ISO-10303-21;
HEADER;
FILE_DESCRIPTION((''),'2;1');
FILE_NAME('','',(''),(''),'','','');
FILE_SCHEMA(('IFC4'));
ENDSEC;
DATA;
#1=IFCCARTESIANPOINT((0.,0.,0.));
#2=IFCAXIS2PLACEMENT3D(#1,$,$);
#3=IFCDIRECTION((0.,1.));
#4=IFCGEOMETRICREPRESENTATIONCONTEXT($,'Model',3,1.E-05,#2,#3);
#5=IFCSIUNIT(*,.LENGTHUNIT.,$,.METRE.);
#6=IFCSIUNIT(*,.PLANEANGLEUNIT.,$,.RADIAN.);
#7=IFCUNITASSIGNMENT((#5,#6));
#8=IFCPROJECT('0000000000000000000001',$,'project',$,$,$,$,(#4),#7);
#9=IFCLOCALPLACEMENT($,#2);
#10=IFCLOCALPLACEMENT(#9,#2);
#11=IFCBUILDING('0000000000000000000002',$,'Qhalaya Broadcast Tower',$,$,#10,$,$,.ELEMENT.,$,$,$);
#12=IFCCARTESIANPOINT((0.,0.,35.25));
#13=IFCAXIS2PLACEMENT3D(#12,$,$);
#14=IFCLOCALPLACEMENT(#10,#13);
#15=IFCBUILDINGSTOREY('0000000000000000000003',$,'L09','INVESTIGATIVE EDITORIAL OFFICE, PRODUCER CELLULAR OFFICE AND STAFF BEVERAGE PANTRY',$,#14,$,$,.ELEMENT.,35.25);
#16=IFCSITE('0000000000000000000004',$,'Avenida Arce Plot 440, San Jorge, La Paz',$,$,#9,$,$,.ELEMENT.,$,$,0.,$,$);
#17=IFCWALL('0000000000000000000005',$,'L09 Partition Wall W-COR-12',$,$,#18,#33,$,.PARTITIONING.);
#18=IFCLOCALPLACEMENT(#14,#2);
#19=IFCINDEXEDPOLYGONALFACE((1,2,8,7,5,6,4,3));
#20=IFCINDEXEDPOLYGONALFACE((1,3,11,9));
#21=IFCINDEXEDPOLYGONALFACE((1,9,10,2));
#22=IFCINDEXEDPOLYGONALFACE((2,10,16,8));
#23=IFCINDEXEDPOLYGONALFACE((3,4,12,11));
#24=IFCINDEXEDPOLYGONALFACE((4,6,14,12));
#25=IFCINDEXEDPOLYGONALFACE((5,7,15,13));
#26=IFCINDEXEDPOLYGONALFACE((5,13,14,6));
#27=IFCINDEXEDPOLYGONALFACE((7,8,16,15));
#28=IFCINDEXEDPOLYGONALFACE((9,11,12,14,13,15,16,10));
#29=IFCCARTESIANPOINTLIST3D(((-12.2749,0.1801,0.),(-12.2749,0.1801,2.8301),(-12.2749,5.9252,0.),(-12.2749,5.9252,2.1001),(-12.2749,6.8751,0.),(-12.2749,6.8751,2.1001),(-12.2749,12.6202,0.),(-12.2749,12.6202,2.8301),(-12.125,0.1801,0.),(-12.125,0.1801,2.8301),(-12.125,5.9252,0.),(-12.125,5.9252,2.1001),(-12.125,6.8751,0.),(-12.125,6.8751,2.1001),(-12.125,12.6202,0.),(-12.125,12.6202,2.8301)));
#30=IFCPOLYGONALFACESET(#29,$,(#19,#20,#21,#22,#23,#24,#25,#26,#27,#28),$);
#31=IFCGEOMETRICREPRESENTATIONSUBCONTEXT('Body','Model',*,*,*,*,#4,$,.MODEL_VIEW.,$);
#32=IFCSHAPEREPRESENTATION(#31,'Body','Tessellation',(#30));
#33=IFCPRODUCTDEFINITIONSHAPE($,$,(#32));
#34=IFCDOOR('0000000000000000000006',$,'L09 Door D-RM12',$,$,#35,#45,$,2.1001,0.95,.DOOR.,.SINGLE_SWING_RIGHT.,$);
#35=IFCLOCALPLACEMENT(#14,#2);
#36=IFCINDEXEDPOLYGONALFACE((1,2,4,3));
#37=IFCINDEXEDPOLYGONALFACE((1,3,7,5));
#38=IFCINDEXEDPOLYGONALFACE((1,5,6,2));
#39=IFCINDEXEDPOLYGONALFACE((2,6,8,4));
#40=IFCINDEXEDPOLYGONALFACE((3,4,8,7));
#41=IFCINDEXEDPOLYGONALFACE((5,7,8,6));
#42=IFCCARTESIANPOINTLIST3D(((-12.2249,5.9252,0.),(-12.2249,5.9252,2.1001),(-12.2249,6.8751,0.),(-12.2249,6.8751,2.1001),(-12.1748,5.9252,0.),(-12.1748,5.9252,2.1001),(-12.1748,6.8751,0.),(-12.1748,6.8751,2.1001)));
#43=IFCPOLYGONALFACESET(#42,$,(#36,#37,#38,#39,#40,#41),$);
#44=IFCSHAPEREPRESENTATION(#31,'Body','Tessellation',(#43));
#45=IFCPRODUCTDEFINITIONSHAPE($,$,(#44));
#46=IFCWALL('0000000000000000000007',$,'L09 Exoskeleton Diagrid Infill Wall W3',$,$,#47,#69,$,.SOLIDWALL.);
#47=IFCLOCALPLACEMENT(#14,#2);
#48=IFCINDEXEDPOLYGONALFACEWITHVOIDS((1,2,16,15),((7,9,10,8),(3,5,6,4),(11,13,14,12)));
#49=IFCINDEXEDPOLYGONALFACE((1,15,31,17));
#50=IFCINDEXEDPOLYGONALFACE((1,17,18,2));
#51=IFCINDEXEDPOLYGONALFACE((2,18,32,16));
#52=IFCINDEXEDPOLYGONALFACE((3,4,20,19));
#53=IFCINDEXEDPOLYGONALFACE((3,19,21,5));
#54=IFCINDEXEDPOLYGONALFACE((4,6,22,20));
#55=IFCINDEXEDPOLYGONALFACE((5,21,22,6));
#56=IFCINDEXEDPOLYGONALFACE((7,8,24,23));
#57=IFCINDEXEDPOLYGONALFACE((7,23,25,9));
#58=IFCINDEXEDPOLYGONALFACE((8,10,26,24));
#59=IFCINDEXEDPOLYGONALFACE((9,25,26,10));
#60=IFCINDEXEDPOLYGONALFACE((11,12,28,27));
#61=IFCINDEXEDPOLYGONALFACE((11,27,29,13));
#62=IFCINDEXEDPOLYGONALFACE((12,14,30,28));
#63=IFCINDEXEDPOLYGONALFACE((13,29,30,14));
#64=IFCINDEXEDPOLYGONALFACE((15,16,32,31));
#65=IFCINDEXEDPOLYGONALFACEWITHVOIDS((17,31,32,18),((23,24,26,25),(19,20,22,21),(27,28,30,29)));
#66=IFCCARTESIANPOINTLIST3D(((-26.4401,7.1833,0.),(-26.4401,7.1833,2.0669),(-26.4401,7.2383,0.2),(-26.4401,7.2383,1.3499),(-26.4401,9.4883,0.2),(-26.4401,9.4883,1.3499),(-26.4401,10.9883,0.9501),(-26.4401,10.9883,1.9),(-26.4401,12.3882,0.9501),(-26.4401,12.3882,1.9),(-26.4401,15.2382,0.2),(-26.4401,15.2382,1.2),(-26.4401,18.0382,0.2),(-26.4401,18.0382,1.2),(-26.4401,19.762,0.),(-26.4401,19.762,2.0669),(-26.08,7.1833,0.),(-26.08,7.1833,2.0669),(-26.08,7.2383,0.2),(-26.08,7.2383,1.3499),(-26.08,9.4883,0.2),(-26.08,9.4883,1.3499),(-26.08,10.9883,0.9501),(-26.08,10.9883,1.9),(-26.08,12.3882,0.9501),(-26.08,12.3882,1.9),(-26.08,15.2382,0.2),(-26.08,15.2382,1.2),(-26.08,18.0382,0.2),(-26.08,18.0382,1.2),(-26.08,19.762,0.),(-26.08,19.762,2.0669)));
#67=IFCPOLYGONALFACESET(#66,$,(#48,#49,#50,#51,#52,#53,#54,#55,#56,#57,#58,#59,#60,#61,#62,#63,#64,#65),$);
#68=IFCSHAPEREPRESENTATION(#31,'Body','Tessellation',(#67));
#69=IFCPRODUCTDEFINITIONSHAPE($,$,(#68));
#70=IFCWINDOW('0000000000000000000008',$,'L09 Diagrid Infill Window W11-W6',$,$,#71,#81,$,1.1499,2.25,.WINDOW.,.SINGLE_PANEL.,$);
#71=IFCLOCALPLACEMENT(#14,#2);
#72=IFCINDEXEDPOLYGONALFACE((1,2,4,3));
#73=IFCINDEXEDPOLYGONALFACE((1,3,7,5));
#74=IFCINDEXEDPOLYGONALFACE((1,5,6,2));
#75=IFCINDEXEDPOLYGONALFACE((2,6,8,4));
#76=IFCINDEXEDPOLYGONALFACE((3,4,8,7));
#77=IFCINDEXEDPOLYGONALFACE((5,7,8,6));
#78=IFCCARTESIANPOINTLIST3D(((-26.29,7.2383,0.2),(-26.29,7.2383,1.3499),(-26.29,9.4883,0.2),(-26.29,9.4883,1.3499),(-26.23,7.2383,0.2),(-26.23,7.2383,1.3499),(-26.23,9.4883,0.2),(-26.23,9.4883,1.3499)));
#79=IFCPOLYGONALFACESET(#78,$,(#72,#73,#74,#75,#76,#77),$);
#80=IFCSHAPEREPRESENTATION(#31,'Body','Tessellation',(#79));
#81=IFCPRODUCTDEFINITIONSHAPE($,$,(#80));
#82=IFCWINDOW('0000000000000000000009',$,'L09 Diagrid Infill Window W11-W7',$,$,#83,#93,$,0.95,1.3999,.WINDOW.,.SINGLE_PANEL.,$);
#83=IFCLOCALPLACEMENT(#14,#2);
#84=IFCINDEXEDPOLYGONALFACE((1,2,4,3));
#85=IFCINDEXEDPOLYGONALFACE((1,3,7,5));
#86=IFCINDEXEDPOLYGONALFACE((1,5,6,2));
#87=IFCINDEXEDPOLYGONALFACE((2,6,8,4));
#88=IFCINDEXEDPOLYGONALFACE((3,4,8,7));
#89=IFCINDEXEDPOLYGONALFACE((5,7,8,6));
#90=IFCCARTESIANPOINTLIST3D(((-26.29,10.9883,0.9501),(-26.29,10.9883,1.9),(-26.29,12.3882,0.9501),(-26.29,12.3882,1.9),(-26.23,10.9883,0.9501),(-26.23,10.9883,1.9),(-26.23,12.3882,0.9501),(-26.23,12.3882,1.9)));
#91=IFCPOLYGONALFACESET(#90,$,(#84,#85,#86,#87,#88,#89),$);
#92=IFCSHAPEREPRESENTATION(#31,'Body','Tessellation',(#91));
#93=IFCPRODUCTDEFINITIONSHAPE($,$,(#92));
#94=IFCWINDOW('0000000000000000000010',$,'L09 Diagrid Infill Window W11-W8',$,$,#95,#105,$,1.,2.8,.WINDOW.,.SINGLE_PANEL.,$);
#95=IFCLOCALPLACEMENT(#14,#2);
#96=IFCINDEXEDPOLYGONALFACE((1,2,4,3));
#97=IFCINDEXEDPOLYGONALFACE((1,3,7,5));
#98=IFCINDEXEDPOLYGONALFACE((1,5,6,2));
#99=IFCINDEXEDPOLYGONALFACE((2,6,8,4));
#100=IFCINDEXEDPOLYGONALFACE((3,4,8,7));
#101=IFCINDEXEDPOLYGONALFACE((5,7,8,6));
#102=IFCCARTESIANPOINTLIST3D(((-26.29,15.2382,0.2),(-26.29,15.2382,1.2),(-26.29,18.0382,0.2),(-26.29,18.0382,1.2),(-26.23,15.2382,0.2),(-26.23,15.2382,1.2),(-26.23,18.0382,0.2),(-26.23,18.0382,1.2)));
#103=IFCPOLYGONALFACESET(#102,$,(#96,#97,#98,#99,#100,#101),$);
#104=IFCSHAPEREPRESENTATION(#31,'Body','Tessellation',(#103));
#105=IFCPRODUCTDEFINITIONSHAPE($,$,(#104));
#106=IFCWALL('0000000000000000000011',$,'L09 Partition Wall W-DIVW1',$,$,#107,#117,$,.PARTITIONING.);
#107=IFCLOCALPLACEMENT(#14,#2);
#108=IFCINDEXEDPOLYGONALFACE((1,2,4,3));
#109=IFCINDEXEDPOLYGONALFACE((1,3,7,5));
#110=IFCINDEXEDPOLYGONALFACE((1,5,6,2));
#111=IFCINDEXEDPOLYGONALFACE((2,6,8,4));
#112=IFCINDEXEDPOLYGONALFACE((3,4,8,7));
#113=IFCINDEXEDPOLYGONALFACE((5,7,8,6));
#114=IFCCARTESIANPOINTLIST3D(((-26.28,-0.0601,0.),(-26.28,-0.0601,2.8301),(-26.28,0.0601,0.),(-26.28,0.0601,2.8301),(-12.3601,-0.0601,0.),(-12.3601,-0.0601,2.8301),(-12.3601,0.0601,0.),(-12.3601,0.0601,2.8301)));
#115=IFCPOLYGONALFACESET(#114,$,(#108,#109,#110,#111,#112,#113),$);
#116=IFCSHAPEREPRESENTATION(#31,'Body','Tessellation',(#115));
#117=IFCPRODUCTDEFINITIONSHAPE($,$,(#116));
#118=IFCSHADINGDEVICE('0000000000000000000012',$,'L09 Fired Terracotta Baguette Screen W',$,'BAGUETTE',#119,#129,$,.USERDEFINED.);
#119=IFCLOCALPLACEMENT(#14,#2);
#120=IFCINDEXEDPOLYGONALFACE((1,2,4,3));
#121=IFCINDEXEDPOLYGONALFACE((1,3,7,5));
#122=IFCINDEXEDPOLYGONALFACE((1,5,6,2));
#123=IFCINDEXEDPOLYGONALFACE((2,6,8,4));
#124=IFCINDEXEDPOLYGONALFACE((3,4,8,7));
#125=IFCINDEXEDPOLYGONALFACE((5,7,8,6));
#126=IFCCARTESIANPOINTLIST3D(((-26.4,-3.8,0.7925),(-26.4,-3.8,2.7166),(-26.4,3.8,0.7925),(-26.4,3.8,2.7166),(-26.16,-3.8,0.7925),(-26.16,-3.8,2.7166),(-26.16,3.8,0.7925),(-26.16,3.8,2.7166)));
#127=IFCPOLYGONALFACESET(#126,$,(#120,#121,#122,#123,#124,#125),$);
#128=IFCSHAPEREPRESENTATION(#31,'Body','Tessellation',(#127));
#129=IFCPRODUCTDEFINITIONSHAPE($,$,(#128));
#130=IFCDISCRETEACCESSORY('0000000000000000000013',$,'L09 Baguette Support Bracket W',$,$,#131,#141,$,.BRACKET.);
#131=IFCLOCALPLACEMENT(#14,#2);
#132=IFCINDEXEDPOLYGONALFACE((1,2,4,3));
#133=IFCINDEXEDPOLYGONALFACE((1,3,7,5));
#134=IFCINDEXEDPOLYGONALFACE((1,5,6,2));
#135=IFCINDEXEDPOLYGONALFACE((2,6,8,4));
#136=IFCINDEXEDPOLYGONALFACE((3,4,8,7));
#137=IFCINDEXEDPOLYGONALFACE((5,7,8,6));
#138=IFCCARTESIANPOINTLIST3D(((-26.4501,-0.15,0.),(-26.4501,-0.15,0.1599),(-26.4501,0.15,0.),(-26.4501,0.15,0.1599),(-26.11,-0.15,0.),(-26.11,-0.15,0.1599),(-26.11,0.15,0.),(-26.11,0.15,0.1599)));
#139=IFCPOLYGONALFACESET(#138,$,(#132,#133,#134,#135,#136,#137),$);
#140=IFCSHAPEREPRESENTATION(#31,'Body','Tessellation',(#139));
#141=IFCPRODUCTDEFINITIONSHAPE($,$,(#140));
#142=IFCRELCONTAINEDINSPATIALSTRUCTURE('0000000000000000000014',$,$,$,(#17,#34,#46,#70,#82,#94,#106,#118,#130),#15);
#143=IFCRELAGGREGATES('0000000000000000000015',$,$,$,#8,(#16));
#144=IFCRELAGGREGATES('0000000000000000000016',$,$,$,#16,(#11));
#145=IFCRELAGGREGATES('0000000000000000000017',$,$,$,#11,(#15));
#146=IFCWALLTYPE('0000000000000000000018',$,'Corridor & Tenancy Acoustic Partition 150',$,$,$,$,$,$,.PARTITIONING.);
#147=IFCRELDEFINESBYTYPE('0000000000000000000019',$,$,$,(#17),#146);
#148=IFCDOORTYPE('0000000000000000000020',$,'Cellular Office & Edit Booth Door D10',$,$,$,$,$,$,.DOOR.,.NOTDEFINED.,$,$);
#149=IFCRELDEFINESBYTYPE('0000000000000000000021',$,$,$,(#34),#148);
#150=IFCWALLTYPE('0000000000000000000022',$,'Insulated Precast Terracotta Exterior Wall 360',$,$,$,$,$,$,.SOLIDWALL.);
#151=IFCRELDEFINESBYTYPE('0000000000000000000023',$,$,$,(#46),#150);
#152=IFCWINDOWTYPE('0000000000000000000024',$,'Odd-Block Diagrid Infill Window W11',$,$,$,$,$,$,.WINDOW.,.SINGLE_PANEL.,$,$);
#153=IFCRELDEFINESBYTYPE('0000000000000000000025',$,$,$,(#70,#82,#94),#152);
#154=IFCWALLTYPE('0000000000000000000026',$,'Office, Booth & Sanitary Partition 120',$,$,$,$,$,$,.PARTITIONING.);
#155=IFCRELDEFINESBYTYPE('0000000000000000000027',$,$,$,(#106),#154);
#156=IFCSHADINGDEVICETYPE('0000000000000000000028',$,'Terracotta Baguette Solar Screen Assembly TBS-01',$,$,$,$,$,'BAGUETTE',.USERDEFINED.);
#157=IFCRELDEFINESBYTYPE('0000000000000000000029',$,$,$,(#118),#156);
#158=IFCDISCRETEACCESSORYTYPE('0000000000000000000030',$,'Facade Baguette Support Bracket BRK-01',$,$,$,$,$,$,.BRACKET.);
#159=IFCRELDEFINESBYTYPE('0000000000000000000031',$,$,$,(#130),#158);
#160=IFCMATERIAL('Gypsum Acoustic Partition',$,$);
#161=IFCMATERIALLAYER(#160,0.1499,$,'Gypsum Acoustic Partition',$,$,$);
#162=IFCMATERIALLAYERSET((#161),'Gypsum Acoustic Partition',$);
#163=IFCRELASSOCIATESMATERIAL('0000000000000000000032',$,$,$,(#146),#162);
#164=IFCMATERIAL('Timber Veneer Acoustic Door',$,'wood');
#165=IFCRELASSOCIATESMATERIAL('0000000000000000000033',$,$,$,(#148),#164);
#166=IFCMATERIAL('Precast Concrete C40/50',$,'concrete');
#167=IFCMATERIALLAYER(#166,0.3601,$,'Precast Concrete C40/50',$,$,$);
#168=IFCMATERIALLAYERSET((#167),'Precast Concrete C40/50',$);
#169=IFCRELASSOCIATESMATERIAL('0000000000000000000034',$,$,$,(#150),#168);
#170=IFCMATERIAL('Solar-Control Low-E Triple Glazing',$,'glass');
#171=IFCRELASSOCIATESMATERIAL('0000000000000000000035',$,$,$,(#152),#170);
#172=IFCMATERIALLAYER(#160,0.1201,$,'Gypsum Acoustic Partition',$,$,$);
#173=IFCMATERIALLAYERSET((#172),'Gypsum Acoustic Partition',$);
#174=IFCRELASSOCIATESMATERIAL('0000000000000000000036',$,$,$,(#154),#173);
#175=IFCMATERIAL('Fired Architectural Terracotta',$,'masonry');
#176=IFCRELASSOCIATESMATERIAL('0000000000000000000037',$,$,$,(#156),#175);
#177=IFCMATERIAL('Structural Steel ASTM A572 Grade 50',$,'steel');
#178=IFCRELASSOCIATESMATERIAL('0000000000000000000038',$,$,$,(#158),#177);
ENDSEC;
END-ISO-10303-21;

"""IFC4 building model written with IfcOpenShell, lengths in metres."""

from ifc_helpers import new_model, si_unit, direction, frame, frame_2d, origin, origin_2d, place, context, subcontext, project, spatial, rectangle, extrude, material, layer, layer_set, type_object, element, fill, save


model = new_model("IFC4")

# Units and contexts
model_context = context("Model", 3, precision=1e-05, world=origin(), true_north=direction((0.0, 1.0)))
body_context = subcontext(model_context, "Body", "Model", "MODEL_VIEW")
ifc_project = project(units=[si_unit("LENGTHUNIT", "METRE"), si_unit("PLANEANGLEUNIT", "RADIAN")], contexts=[model_context])

# Site, building, storey
site_placement = place(None, origin())
site = spatial("IfcSite", under=ifc_project, at=site_placement, Name="Avenida Arce Plot 440, San Jorge, La Paz", CompositionType="ELEMENT", RefElevation=0.0)
building_placement = place(site_placement, origin())
building = spatial("IfcBuilding", under=site, at=building_placement, Name="Qhalaya Broadcast Tower", CompositionType="ELEMENT")
storey_placement = place(building_placement, frame((0.0, 0.0, 35.25)))
storey = spatial("IfcBuildingStorey", under=building, at=storey_placement, Name="L09", Description="INVESTIGATIVE EDITORIAL OFFICE, PRODUCER CELLULAR OFFICE AND STAFF BEVERAGE PANTRY", CompositionType="ELEMENT", Elevation=35.25)

# Shared definitions
ifc_material_1 = material(Name="Structural Steel ASTM A572 Grade 50", Category="steel")

# Wall, opening, door
ifc_material_2 = material(Name="Gypsum Acoustic Partition")
ifc_layer_1 = layer(ifc_material_2, 0.1499, Name="Gypsum Acoustic Partition")
ifc_layer_set_1 = layer_set([ifc_layer_1], Name="Gypsum Acoustic Partition")
wall_type_1 = type_object("IfcWallType", Name="Corridor & Tenancy Acoustic Partition 150", PredefinedType="PARTITIONING", material=ifc_layer_set_1)
wall_1_placement = place(storey_placement, frame((-12.2, 0.1799, 0.0), z_axis=(0.0, 0.0, 1.0), x_axis=(0.0, 1.0, 0.0)))
wall_1 = element("IfcWall", 1, at=wall_1_placement, inside=storey, type_object=wall_type_1, Name="L09 Partition Wall W-COR-12", PredefinedType="PARTITIONING", context=body_context, shape_type="SweptSolid", body=[
    extrude(rectangle(XDim=12.4402, YDim=0.1499, at=frame_2d((6.2202, 0.0))), origin(), (0.0, 0.0, 1.0), 2.8301),
])
opening_1_placement = place(wall_1_placement, frame((5.7451, 0.0, 0.0)))
opening_1 = element("IfcOpeningElement", 2, at=opening_1_placement, cuts=wall_1, PredefinedType="OPENING", context=body_context, shape_type="SweptSolid", body=[
    extrude(rectangle(XDim=0.95, YDim=2.1001, at=frame_2d((0.4751, 1.05))), frame((0.0, 0.0869, 0.0), z_axis=(0.0, -1.0, 0.0), x_axis=(1.0, 0.0, 0.0)), (0.0, 0.0, 1.0), 0.1738),
])
ifc_material_3 = material(Name="Timber Veneer Acoustic Door", Category="wood")
door_type_1 = type_object("IfcDoorType", Name="Cellular Office & Edit Booth Door D10", OperationType="NOTDEFINED", PredefinedType="DOOR", material=ifc_material_3)
door_1_placement = place(opening_1_placement, origin())
door_1 = element("IfcDoor", 3, at=door_1_placement, inside=storey, type_object=door_type_1, Name="L09 Door D-RM12", OperationType="SINGLE_SWING_RIGHT", OverallHeight=2.1001, OverallWidth=0.95, PredefinedType="DOOR", context=body_context, shape_type="SweptSolid", body=[
    extrude(rectangle(XDim=0.95, YDim=2.1001, at=frame_2d((0.4751, 1.05))), frame((0.0, 0.0249, 0.0), z_axis=(0.0, -1.0, 0.0), x_axis=(1.0, 0.0, 0.0)), (0.0, 0.0, 1.0), 0.05),
])
fill(opening_1, door_1)

# Wall, openings, windows
ifc_material_4 = material(Name="Precast Concrete C40/50", Category="concrete")
ifc_layer_2 = layer(ifc_material_4, 0.3601, Name="Precast Concrete C40/50")
ifc_layer_set_2 = layer_set([ifc_layer_2], Name="Precast Concrete C40/50")
wall_type_2 = type_object("IfcWallType", Name="Insulated Precast Terracotta Exterior Wall 360", PredefinedType="SOLIDWALL", material=ifc_layer_set_2)
wall_2_placement = place(storey_placement, frame((-26.26, 7.1833, 0.0), z_axis=(0.0, 0.0, 1.0), x_axis=(0.0, 1.0, 0.0)))
wall_2 = element("IfcWall", 4, at=wall_2_placement, inside=storey, type_object=wall_type_2, Name="L09 Exoskeleton Diagrid Infill Wall W3", PredefinedType="SOLIDWALL", context=body_context, shape_type="SweptSolid", body=[
    extrude(rectangle(XDim=12.5786, YDim=0.3601, at=frame_2d((6.2893, 0.0))), origin(), (0.0, 0.0, 1.0), 2.0669),
])
opening_2_placement = place(wall_2_placement, frame((0.0549, 0.0, 0.2)))
opening_2 = element("IfcOpeningElement", 5, at=opening_2_placement, cuts=wall_2, PredefinedType="OPENING", context=body_context, shape_type="SweptSolid", body=[
    extrude(rectangle(XDim=2.25, YDim=1.1499, at=frame_2d((1.125, 0.575))), frame((0.0, 0.1921, 0.0), z_axis=(0.0, -1.0, 0.0), x_axis=(1.0, 0.0, 0.0)), (0.0, 0.0, 1.0), 0.384),
])
opening_3_placement = place(wall_2_placement, frame((3.8049, 0.0, 0.95)))
opening_3 = element("IfcOpeningElement", 6, at=opening_3_placement, cuts=wall_2, PredefinedType="OPENING", context=body_context, shape_type="SweptSolid", body=[
    extrude(rectangle(XDim=1.3999, YDim=0.95, at=frame_2d((0.7, 0.4751))), frame((0.0, 0.1921, 0.0), z_axis=(0.0, -1.0, 0.0), x_axis=(1.0, 0.0, 0.0)), (0.0, 0.0, 1.0), 0.384),
])
opening_4_placement = place(wall_2_placement, frame((8.0549, 0.0, 0.2)))
opening_4 = element("IfcOpeningElement", 7, at=opening_4_placement, cuts=wall_2, PredefinedType="OPENING", context=body_context, shape_type="SweptSolid", body=[
    extrude(rectangle(XDim=2.8, YDim=1.0, at=frame_2d((1.3999, 0.5))), frame((0.0, 0.1921, 0.0), z_axis=(0.0, -1.0, 0.0), x_axis=(1.0, 0.0, 0.0)), (0.0, 0.0, 1.0), 0.384),
])
ifc_material_5 = material(Name="Solar-Control Low-E Triple Glazing", Category="glass")
window_type = type_object("IfcWindowType", Name="Odd-Block Diagrid Infill Window W11", PartitioningType="SINGLE_PANEL", PredefinedType="WINDOW", material=ifc_material_5)
window_1_placement = place(opening_2_placement, origin())
window_1 = element("IfcWindow", 8, at=window_1_placement, inside=storey, type_object=window_type, Name="L09 Diagrid Infill Window W11-W6", OverallHeight=1.1499, OverallWidth=2.25, PartitioningType="SINGLE_PANEL", PredefinedType="WINDOW", context=body_context, shape_type="SweptSolid", body=[
    extrude(rectangle(XDim=2.25, YDim=1.1499, at=frame_2d((1.125, 0.575))), frame((0.0, 0.03, 0.0), z_axis=(0.0, -1.0, 0.0), x_axis=(1.0, 0.0, 0.0)), (0.0, 0.0, 1.0), 0.0601),
])
fill(opening_2, window_1)
window_2_placement = place(opening_3_placement, origin())
window_2 = element("IfcWindow", 9, at=window_2_placement, inside=storey, type_object=window_type, Name="L09 Diagrid Infill Window W11-W7", OverallHeight=0.95, OverallWidth=1.3999, PartitioningType="SINGLE_PANEL", PredefinedType="WINDOW", context=body_context, shape_type="SweptSolid", body=[
    extrude(rectangle(XDim=1.3999, YDim=0.95, at=frame_2d((0.7, 0.4751))), frame((0.0, 0.03, 0.0), z_axis=(0.0, -1.0, 0.0), x_axis=(1.0, 0.0, 0.0)), (0.0, 0.0, 1.0), 0.0601),
])
fill(opening_3, window_2)
window_3_placement = place(opening_4_placement, origin())
window_3 = element("IfcWindow", 10, at=window_3_placement, inside=storey, type_object=window_type, Name="L09 Diagrid Infill Window W11-W8", OverallHeight=1.0, OverallWidth=2.8, PartitioningType="SINGLE_PANEL", PredefinedType="WINDOW", context=body_context, shape_type="SweptSolid", body=[
    extrude(rectangle(XDim=2.8, YDim=1.0, at=frame_2d((1.3999, 0.5))), frame((0.0, 0.03, 0.0), z_axis=(0.0, -1.0, 0.0), x_axis=(1.0, 0.0, 0.0)), (0.0, 0.0, 1.0), 0.0601),
])
fill(opening_4, window_3)

# Wall
ifc_layer_3 = layer(ifc_material_2, 0.1201, Name="Gypsum Acoustic Partition")
ifc_layer_set_3 = layer_set([ifc_layer_3], Name="Gypsum Acoustic Partition")
wall_type_3 = type_object("IfcWallType", Name="Office, Booth & Sanitary Partition 120", PredefinedType="PARTITIONING", material=ifc_layer_set_3)
wall_3_placement = place(storey_placement, frame((-26.28, 0.0, 0.0), z_axis=(0.0, 0.0, 1.0), x_axis=(1.0, 0.0, 0.0)))
element("IfcWall", 11, at=wall_3_placement, inside=storey, type_object=wall_type_3, Name="L09 Partition Wall W-DIVW1", PredefinedType="PARTITIONING", context=body_context, shape_type="SweptSolid", body=[
    extrude(rectangle(XDim=13.9199, YDim=0.1201, at=frame_2d((6.96, 0.0))), origin(), (0.0, 0.0, 1.0), 2.8301),
])

# Shading device
ifc_material_6 = material(Name="Fired Architectural Terracotta", Category="masonry")
shading_device_type = type_object("IfcShadingDeviceType", Name="Terracotta Baguette Solar Screen Assembly TBS-01", ElementType="BAGUETTE", PredefinedType="USERDEFINED", material=ifc_material_6)
shading_device_placement = place(storey_placement, frame((-26.28, 0.0, 0.7925), z_axis=(0.0, 0.0, 1.0), x_axis=(0.0, -1.0, 0.0)))
element("IfcShadingDevice", 12, at=shading_device_placement, inside=storey, type_object=shading_device_type, Name="L09 Fired Terracotta Baguette Screen W", ObjectType="BAGUETTE", PredefinedType="USERDEFINED", context=body_context, shape_type="SweptSolid", body=[
    extrude(rectangle(XDim=7.6001, YDim=0.24, at=origin_2d()), origin(), (0.0, 0.0, 1.0), 1.9241),
])

# Discrete accessory
discrete_accessory_type = type_object("IfcDiscreteAccessoryType", Name="Facade Baguette Support Bracket BRK-01", PredefinedType="BRACKET", material=ifc_material_1)
discrete_accessory_placement = place(storey_placement, frame((-26.28, 0.0, 0.0), z_axis=(0.0, 0.0, 1.0), x_axis=(0.0, -1.0, 0.0)))
element("IfcDiscreteAccessory", 13, at=discrete_accessory_placement, inside=storey, type_object=discrete_accessory_type, Name="L09 Baguette Support Bracket W", PredefinedType="BRACKET", context=body_context, shape_type="SweptSolid", body=[
    extrude(rectangle(XDim=0.3, YDim=0.3401, at=origin_2d()), origin(), (0.0, 0.0, 1.0), 0.1599),
])

save(model, "model.ifc")
